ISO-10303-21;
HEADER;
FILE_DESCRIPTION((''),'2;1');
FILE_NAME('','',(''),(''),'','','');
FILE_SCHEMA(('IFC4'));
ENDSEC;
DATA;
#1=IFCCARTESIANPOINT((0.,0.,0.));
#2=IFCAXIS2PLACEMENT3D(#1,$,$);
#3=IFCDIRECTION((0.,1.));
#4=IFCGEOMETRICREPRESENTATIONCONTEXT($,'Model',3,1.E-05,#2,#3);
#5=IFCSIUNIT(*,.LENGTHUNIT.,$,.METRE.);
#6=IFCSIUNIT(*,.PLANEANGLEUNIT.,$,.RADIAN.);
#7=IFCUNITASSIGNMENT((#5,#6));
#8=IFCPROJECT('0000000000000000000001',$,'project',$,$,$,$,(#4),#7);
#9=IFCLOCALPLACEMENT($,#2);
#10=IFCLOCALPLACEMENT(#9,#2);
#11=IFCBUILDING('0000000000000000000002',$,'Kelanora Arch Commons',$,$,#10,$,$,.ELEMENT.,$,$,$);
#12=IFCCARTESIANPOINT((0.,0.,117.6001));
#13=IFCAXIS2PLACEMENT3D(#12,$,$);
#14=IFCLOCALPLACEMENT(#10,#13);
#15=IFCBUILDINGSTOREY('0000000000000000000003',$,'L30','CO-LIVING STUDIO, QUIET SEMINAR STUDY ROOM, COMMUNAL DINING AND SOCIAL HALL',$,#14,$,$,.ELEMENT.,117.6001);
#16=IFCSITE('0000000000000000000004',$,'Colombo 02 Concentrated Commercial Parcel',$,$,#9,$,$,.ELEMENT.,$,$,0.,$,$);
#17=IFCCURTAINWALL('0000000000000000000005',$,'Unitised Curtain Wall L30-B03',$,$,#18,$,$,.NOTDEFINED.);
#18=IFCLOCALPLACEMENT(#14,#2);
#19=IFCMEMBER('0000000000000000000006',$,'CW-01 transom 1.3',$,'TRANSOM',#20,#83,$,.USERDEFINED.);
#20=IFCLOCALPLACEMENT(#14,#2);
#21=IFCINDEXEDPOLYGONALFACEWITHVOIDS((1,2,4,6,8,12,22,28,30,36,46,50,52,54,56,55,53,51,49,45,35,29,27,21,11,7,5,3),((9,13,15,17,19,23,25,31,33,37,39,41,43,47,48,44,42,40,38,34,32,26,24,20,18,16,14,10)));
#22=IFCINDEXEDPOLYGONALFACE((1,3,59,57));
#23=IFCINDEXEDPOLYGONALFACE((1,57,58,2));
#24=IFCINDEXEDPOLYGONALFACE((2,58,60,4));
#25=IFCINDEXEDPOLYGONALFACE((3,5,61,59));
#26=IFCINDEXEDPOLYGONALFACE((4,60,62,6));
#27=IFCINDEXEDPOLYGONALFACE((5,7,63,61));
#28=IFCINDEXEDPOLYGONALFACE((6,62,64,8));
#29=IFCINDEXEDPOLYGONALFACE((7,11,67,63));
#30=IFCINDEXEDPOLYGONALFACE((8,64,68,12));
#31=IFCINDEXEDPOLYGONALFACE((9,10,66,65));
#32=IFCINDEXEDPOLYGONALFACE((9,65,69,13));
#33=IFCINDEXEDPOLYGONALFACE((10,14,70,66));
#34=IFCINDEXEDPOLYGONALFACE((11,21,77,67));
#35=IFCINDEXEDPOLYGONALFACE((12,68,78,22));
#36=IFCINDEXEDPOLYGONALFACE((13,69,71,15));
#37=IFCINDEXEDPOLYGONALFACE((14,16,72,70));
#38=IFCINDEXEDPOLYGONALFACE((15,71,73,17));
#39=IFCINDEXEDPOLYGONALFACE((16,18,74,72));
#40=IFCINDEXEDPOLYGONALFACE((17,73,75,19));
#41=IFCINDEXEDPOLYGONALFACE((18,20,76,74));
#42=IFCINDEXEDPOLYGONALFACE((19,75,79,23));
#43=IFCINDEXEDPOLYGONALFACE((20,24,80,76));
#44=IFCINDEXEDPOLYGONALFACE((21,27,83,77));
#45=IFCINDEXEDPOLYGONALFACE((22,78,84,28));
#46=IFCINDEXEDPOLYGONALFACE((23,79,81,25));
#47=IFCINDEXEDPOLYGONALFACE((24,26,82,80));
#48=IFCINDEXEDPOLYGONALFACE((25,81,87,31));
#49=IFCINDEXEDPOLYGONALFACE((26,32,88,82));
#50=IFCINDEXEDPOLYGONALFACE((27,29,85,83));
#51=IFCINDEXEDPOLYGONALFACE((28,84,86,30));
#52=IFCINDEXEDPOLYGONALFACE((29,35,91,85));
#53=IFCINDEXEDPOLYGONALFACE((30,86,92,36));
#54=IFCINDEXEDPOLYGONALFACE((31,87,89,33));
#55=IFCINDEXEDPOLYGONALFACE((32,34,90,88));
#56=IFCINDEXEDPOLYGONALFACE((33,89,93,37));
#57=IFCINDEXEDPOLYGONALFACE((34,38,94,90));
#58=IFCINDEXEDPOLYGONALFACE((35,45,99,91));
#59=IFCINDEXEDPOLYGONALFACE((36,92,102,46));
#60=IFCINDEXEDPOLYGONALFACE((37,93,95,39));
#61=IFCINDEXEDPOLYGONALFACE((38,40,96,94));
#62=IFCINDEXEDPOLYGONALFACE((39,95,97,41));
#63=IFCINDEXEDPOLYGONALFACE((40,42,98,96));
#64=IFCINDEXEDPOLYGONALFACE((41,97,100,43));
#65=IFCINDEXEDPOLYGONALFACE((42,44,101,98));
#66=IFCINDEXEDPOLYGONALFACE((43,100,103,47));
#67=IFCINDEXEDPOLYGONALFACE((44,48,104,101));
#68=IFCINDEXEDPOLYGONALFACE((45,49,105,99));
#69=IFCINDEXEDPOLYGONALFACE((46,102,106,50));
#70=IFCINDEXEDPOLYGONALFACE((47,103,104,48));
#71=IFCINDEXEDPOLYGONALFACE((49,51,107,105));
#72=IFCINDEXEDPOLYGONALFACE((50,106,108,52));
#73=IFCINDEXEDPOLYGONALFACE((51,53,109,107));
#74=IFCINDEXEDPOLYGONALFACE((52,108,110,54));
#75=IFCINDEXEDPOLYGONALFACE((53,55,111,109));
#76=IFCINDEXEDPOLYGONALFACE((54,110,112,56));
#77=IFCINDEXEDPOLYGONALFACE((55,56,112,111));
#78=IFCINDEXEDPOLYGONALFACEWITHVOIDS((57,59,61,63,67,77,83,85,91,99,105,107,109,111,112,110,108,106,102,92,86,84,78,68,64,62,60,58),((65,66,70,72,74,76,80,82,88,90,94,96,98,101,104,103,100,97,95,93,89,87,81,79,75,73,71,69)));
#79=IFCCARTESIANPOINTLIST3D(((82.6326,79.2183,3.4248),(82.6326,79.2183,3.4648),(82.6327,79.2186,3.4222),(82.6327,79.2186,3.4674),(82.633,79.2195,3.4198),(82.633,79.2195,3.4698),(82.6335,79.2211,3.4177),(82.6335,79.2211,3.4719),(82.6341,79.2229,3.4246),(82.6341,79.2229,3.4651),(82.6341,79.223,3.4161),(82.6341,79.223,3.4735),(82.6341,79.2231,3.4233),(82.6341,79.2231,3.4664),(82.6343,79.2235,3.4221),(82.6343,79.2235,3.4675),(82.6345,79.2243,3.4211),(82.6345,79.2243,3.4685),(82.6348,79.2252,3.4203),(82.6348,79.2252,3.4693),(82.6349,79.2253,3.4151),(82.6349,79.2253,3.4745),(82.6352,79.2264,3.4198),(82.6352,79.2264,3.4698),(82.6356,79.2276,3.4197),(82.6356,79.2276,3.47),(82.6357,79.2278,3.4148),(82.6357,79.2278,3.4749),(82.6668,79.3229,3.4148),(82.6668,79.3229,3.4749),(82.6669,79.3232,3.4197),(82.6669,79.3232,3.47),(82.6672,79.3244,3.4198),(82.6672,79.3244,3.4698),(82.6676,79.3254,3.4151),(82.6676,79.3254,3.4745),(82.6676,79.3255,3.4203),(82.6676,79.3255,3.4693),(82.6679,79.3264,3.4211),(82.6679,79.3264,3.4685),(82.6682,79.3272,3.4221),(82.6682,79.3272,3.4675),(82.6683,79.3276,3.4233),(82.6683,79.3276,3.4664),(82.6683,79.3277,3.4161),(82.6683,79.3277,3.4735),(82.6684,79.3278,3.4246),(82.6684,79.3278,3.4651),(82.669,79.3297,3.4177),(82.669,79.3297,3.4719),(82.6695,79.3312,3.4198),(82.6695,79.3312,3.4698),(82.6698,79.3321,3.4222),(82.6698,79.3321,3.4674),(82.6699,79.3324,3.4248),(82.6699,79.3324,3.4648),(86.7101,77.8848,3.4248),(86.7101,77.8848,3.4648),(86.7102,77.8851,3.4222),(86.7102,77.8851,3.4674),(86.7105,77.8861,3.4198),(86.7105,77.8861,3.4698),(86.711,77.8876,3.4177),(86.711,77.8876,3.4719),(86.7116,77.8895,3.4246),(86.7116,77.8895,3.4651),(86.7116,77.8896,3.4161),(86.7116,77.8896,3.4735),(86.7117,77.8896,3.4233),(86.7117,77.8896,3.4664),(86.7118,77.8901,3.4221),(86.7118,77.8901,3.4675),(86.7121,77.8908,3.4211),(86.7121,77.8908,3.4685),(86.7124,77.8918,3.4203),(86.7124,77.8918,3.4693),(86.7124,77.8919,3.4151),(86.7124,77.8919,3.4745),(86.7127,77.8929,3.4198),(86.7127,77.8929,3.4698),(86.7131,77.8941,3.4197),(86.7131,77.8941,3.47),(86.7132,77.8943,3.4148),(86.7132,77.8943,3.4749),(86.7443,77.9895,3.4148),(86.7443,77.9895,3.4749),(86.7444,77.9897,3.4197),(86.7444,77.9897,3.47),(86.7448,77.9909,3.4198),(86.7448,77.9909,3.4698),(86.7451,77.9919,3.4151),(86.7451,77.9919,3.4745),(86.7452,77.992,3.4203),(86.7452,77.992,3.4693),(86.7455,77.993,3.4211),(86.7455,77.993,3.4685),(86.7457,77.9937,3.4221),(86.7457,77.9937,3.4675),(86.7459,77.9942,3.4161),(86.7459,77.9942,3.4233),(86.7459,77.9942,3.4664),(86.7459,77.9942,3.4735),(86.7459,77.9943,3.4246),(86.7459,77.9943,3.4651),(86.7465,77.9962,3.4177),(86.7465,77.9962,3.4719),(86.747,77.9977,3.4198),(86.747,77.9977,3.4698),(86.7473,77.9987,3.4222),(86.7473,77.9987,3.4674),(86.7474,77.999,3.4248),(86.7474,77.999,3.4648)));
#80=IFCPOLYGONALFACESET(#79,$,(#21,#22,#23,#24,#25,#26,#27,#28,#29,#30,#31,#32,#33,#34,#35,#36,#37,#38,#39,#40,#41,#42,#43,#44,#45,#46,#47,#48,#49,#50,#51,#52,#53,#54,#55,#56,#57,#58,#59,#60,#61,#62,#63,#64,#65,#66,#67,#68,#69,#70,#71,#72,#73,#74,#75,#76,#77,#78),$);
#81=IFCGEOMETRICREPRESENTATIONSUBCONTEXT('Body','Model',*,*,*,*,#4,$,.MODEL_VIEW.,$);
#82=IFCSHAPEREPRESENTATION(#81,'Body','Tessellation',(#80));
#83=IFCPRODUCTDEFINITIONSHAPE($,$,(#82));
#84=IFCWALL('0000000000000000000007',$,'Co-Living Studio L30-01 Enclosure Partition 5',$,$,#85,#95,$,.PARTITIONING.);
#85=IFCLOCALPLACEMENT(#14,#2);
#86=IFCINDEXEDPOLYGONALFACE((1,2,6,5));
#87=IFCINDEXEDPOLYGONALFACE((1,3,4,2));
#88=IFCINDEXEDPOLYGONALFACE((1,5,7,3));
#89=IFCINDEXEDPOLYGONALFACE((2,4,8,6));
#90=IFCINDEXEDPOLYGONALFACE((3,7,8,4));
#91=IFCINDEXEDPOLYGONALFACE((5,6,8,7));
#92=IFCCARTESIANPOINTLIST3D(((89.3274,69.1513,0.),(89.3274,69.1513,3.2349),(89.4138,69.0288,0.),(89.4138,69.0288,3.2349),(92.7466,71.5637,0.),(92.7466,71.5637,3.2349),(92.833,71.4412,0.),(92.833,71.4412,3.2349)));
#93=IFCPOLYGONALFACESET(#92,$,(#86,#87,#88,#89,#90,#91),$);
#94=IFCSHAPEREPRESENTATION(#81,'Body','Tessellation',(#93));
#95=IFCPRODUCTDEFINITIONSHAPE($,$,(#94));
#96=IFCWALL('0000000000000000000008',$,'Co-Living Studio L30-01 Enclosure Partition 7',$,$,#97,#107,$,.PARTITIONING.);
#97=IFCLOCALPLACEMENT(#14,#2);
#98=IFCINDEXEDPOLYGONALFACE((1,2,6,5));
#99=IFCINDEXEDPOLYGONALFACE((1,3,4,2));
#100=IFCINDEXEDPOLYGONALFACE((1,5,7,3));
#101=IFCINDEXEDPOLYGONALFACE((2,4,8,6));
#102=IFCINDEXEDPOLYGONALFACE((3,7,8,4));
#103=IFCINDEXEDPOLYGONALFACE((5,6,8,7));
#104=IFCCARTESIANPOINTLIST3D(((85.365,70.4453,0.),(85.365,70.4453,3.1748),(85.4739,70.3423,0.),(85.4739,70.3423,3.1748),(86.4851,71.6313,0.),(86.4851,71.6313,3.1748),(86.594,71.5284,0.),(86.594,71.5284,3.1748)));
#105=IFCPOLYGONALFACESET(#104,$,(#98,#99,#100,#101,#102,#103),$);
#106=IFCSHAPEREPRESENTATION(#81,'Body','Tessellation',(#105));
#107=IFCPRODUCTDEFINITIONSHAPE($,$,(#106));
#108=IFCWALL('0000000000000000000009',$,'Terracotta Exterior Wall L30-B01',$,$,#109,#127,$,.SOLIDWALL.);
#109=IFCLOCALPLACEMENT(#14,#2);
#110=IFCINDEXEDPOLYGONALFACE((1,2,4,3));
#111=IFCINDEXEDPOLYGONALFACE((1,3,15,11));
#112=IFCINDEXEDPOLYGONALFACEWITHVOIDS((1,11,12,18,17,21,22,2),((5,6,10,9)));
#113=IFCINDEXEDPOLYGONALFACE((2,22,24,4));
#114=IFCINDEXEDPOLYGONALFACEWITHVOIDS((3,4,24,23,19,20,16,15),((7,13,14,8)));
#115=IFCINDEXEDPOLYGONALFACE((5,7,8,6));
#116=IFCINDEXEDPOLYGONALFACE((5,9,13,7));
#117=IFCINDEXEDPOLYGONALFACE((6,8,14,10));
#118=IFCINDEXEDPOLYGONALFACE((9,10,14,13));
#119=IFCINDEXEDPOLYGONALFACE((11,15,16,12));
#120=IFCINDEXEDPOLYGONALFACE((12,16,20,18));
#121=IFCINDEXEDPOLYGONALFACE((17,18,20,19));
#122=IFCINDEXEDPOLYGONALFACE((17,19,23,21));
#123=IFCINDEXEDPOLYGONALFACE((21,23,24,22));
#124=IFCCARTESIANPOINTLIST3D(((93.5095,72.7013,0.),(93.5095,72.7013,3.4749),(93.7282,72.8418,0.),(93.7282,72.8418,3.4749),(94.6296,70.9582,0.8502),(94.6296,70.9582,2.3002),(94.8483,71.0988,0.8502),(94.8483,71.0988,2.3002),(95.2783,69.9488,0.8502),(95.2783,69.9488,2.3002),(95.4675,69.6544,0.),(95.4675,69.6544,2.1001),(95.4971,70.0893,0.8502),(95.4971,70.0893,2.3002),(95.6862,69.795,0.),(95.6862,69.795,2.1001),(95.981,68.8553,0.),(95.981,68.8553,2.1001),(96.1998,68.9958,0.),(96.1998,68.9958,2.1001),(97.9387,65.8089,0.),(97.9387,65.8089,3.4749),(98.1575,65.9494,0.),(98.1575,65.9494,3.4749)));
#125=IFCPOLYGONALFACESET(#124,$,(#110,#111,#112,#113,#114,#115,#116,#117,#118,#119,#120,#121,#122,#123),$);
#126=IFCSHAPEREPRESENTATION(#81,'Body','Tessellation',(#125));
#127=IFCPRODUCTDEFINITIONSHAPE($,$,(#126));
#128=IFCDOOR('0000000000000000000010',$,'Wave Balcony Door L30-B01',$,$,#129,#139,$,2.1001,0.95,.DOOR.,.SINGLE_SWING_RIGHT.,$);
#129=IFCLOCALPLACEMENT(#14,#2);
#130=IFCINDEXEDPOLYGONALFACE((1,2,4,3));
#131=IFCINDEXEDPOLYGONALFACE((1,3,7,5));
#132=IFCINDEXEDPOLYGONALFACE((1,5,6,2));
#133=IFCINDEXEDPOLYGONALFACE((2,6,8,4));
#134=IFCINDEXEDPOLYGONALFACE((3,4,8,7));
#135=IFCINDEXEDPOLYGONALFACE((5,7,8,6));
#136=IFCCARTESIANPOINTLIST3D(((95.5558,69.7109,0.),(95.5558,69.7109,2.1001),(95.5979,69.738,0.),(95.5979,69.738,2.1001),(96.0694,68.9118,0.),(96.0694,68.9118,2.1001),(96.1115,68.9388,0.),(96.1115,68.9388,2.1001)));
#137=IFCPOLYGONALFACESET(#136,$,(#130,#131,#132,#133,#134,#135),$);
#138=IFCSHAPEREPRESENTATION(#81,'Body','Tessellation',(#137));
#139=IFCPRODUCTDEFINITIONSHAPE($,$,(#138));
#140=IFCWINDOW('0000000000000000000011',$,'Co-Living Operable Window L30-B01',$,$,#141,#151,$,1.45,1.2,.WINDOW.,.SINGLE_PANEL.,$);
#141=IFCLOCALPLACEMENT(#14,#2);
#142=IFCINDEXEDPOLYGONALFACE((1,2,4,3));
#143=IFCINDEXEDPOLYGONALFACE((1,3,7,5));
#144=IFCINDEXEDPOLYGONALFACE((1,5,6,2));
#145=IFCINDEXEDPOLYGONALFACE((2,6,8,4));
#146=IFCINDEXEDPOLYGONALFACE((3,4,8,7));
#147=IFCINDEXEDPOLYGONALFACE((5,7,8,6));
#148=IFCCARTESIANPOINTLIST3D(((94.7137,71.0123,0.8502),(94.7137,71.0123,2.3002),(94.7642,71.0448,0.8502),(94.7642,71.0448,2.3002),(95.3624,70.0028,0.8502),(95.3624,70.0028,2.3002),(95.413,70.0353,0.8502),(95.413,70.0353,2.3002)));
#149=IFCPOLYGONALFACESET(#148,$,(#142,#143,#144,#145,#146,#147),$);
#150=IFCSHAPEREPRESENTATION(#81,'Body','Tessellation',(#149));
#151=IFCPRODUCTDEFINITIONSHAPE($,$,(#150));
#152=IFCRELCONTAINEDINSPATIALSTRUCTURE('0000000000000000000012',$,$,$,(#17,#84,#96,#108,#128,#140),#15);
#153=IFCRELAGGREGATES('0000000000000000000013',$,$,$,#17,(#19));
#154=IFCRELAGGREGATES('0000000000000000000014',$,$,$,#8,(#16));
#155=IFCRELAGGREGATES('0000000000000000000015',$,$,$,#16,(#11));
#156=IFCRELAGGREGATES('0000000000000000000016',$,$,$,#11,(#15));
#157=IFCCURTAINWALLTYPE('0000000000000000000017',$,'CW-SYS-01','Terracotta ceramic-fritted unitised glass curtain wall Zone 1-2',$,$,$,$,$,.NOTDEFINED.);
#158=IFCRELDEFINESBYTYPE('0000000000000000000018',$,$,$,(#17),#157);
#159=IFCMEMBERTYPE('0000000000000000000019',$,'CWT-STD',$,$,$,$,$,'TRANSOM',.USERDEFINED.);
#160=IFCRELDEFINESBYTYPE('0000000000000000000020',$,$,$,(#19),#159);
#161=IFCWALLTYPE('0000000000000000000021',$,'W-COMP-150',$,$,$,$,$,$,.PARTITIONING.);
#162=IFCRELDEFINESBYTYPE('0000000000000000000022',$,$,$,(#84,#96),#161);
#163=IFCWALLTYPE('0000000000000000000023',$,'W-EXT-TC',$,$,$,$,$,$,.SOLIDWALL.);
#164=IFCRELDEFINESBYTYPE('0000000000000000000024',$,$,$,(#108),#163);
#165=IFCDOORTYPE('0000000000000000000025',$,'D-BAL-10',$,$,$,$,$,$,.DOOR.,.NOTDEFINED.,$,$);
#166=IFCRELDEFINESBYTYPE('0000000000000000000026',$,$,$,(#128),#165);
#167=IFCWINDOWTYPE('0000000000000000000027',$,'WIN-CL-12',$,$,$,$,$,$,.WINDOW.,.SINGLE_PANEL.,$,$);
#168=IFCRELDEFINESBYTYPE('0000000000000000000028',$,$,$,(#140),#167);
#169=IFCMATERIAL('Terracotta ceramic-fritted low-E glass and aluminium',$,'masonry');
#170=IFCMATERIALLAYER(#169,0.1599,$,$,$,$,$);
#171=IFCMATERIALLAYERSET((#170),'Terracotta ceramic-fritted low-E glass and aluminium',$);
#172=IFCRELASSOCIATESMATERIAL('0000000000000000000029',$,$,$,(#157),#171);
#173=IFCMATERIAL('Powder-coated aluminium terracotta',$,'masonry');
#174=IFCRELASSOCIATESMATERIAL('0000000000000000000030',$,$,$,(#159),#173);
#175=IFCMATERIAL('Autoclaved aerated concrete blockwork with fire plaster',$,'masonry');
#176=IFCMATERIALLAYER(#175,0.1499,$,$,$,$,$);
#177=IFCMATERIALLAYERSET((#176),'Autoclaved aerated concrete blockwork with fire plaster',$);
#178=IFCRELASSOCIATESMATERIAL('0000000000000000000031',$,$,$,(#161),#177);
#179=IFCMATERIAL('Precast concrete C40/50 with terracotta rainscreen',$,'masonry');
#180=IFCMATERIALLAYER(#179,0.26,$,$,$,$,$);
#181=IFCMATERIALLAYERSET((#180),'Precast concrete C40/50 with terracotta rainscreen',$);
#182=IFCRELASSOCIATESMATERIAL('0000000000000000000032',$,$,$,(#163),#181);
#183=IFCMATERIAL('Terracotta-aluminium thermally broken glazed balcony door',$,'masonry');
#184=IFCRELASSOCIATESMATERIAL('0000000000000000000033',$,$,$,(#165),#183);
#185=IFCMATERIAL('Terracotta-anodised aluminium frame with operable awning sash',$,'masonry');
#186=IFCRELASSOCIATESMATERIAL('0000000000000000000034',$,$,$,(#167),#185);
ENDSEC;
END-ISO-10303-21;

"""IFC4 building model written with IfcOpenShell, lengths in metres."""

from ifc_helpers import new_model, si_unit, direction, frame, frame_2d, origin, origin_2d, place, context, subcontext, project, spatial, rectangle, hollow_rectangle, extrude, material, layer, layer_set, material_profile, profile_set, type_object, element, fill, aggregate, save


model = new_model("IFC4")

# Units and contexts
model_context = context("Model", 3, precision=1e-05, world=origin(), true_north=direction((0.0, 1.0)))
body_context = subcontext(model_context, "Body", "Model", "MODEL_VIEW")
ifc_project = project(units=[si_unit("LENGTHUNIT", "METRE"), si_unit("PLANEANGLEUNIT", "RADIAN")], contexts=[model_context])

# Site, building, storey
site_placement = place(None, origin())
site = spatial("IfcSite", under=ifc_project, at=site_placement, Name="Colombo 02 Concentrated Commercial Parcel", CompositionType="ELEMENT", RefElevation=0.0)
building_placement = place(site_placement, origin())
building = spatial("IfcBuilding", under=site, at=building_placement, Name="Kelanora Arch Commons", CompositionType="ELEMENT")
storey_placement = place(building_placement, frame((0.0, 0.0, 117.6001)))
storey = spatial("IfcBuildingStorey", under=building, at=storey_placement, Name="L30", Description="CO-LIVING STUDIO, QUIET SEMINAR STUDY ROOM, COMMUNAL DINING AND SOCIAL HALL", CompositionType="ELEMENT", Elevation=117.6001)

# Shared definitions
ifc_material_1 = material(Name="Terracotta ceramic-fritted low-E glass and aluminium", Category="masonry")
ifc_layer_1 = layer(ifc_material_1, 0.1599)
ifc_layer_set_1 = layer_set([ifc_layer_1], Name="Terracotta ceramic-fritted low-E glass and aluminium")
curtain_wall_type = type_object("IfcCurtainWallType", Name="CW-SYS-01", Description="Terracotta ceramic-fritted unitised glass curtain wall Zone 1-2", PredefinedType="NOTDEFINED", material=ifc_layer_set_1)
ifc_material_2 = material(Name="Powder-coated aluminium terracotta", Category="masonry")

# Curtain wall, member
curtain_wall_1_placement = place(storey_placement, origin())
curtain_wall_1 = element("IfcCurtainWall", 1, at=curtain_wall_1_placement, inside=storey, type_object=curtain_wall_type, Name="Unitised Curtain Wall L30-B03", PredefinedType="NOTDEFINED")
ifc_material_profile_1 = material_profile(ifc_material_2, hollow_rectangle(XDim=0.1201, YDim=0.0601, WallThickness=0.0049, InnerFilletRadius=0.0049, OuterFilletRadius=0.01, at=origin_2d()), Name="CWT120x60")
ifc_profile_set_1 = profile_set([ifc_material_profile_1], Name="Powder-coated aluminium terracotta")
member_type_1 = type_object("IfcMemberType", Name="CWT-STD", ElementType="TRANSOM", PredefinedType="USERDEFINED", material=ifc_profile_set_1)
member_1_placement = place(storey_placement, frame((86.7288, 77.9419, 3.4448), z_axis=(-0.950466, 0.310828, 0.0), x_axis=(-0.310828, -0.950466, 0.0)))
member_1 = element("IfcMember", 2, at=member_1_placement, type_object=member_type_1, Name="CW-01 transom 1.3", ObjectType="TRANSOM", PredefinedType="USERDEFINED", context=body_context, shape_type="SweptSolid", body=[
    extrude(hollow_rectangle(XDim=0.1201, YDim=0.0601, WallThickness=0.0049, InnerFilletRadius=0.0049, OuterFilletRadius=0.01, at=origin_2d()), origin(), (0.0, 0.0, 1.0), 4.29),
])
aggregate(curtain_wall_1, [member_1])

# Walls
ifc_material_3 = material(Name="Autoclaved aerated concrete blockwork with fire plaster", Category="masonry")
ifc_layer_2 = layer(ifc_material_3, 0.1499)
ifc_layer_set_2 = layer_set([ifc_layer_2], Name="Autoclaved aerated concrete blockwork with fire plaster")
wall_type_1 = type_object("IfcWallType", Name="W-COMP-150", PredefinedType="PARTITIONING", material=ifc_layer_set_2)
wall_1_placement = place(storey_placement, frame((92.7898, 71.5024, 0.0), z_axis=(0.0, 0.0, 1.0), x_axis=(-0.817102, -0.576493, 0.0)))
element("IfcWall", 3, at=wall_1_placement, inside=storey, type_object=wall_type_1, Name="Co-Living Studio L30-01 Enclosure Partition 5", PredefinedType="PARTITIONING", context=body_context, shape_type="SweptSolid", body=[
    extrude(rectangle(XDim=4.1846, YDim=0.1499, at=frame_2d((2.0923, 0.0))), origin(), (0.0, 0.0, 1.0), 3.2349),
])
wall_2_placement = place(storey_placement, frame((86.5396, 71.5798, 0.0), z_axis=(0.0, 0.0, 1.0), x_axis=(-0.686615, -0.727021, 0.0)))
element("IfcWall", 4, at=wall_2_placement, inside=storey, type_object=wall_type_1, Name="Co-Living Studio L30-01 Enclosure Partition 7", PredefinedType="PARTITIONING", context=body_context, shape_type="SweptSolid", body=[
    extrude(rectangle(XDim=1.6313, YDim=0.1499, at=frame_2d((0.8157, 0.0))), origin(), (0.0, 0.0, 1.0), 3.1748),
])

# Wall, openings, door, window
ifc_material_4 = material(Name="Precast concrete C40/50 with terracotta rainscreen", Category="masonry")
ifc_layer_3 = layer(ifc_material_4, 0.26)
ifc_layer_set_3 = layer_set([ifc_layer_3], Name="Precast concrete C40/50 with terracotta rainscreen")
wall_type_2 = type_object("IfcWallType", Name="W-EXT-TC", PredefinedType="SOLIDWALL", material=ifc_layer_set_3)
wall_3_placement = place(storey_placement, frame((98.0481, 65.8792, 0.0), z_axis=(0.0, 0.0, 1.0), x_axis=(-0.540621, 0.841267, 0.0)))
wall_3 = element("IfcWall", 5, at=wall_3_placement, inside=storey, type_object=wall_type_2, Name="Terracotta Exterior Wall L30-B01", PredefinedType="SOLIDWALL", context=body_context, shape_type="SweptSolid", body=[
    extrude(rectangle(XDim=8.1929, YDim=0.26, at=frame_2d((4.0964, 0.0))), origin(), (0.0, 0.0, 1.0), 3.4749),
])
opening_1_placement = place(wall_3_placement, frame((3.6211, 0.0, 0.0)))
opening_1 = element("IfcOpeningElement", 6, at=opening_1_placement, cuts=wall_3, PredefinedType="OPENING", context=body_context, shape_type="SweptSolid", body=[
    extrude(rectangle(XDim=0.95, YDim=2.1001, at=frame_2d((0.4751, 1.05))), frame((0.0, 0.1401, 0.0), z_axis=(0.0, -1.0, 0.0), x_axis=(1.0, 0.0, 0.0)), (0.0, 0.0, 1.0), 0.28),
])
opening_2_placement = place(wall_3_placement, frame((4.9209, 0.0, 0.8501)))
opening_2 = element("IfcOpeningElement", 7, at=opening_2_placement, cuts=wall_3, PredefinedType="OPENING", context=body_context, shape_type="SweptSolid", body=[
    extrude(rectangle(XDim=1.2, YDim=1.45, at=frame_2d((0.6001, 0.7251))), frame((0.0, 0.1401, 0.0), z_axis=(0.0, -1.0, 0.0), x_axis=(1.0, 0.0, 0.0)), (0.0, 0.0, 1.0), 0.28),
])
ifc_material_5 = material(Name="Terracotta-aluminium thermally broken glazed balcony door", Category="masonry")
door_type = type_object("IfcDoorType", Name="D-BAL-10", OperationType="NOTDEFINED", PredefinedType="DOOR", material=ifc_material_5)
door_1_placement = place(opening_1_placement, frame((0.95, 0.0, 0.0), z_axis=(0.0, 0.0, 1.0), x_axis=(-1.0, 0.0, 0.0)))
door_1 = element("IfcDoor", 8, at=door_1_placement, inside=storey, type_object=door_type, Name="Wave Balcony Door L30-B01", OperationType="SINGLE_SWING_RIGHT", OverallHeight=2.1001, OverallWidth=0.95, PredefinedType="DOOR", context=body_context, shape_type="SweptSolid", body=[
    extrude(rectangle(XDim=0.95, YDim=2.1001, at=frame_2d((0.4751, 1.05))), frame((0.0, 0.0249, 0.0), z_axis=(0.0, -1.0, 0.0), x_axis=(1.0, 0.0, 0.0)), (0.0, 0.0, 1.0), 0.05),
])
fill(opening_1, door_1)
ifc_material_6 = material(Name="Terracotta-anodised aluminium frame with operable awning sash", Category="masonry")
window_type = type_object("IfcWindowType", Name="WIN-CL-12", PartitioningType="SINGLE_PANEL", PredefinedType="WINDOW", material=ifc_material_6)
window_1_placement = place(opening_2_placement, origin())
window_1 = element("IfcWindow", 9, at=window_1_placement, inside=storey, type_object=window_type, Name="Co-Living Operable Window L30-B01", OverallHeight=1.45, OverallWidth=1.2, PartitioningType="SINGLE_PANEL", PredefinedType="WINDOW", context=body_context, shape_type="SweptSolid", body=[
    extrude(rectangle(XDim=1.2, YDim=1.45, at=frame_2d((0.6001, 0.7251))), frame((0.0, 0.03, 0.0), z_axis=(0.0, -1.0, 0.0), x_axis=(1.0, 0.0, 0.0)), (0.0, 0.0, 1.0), 0.0601),
])
fill(opening_2, window_1)

save(model, "model.ifc")
